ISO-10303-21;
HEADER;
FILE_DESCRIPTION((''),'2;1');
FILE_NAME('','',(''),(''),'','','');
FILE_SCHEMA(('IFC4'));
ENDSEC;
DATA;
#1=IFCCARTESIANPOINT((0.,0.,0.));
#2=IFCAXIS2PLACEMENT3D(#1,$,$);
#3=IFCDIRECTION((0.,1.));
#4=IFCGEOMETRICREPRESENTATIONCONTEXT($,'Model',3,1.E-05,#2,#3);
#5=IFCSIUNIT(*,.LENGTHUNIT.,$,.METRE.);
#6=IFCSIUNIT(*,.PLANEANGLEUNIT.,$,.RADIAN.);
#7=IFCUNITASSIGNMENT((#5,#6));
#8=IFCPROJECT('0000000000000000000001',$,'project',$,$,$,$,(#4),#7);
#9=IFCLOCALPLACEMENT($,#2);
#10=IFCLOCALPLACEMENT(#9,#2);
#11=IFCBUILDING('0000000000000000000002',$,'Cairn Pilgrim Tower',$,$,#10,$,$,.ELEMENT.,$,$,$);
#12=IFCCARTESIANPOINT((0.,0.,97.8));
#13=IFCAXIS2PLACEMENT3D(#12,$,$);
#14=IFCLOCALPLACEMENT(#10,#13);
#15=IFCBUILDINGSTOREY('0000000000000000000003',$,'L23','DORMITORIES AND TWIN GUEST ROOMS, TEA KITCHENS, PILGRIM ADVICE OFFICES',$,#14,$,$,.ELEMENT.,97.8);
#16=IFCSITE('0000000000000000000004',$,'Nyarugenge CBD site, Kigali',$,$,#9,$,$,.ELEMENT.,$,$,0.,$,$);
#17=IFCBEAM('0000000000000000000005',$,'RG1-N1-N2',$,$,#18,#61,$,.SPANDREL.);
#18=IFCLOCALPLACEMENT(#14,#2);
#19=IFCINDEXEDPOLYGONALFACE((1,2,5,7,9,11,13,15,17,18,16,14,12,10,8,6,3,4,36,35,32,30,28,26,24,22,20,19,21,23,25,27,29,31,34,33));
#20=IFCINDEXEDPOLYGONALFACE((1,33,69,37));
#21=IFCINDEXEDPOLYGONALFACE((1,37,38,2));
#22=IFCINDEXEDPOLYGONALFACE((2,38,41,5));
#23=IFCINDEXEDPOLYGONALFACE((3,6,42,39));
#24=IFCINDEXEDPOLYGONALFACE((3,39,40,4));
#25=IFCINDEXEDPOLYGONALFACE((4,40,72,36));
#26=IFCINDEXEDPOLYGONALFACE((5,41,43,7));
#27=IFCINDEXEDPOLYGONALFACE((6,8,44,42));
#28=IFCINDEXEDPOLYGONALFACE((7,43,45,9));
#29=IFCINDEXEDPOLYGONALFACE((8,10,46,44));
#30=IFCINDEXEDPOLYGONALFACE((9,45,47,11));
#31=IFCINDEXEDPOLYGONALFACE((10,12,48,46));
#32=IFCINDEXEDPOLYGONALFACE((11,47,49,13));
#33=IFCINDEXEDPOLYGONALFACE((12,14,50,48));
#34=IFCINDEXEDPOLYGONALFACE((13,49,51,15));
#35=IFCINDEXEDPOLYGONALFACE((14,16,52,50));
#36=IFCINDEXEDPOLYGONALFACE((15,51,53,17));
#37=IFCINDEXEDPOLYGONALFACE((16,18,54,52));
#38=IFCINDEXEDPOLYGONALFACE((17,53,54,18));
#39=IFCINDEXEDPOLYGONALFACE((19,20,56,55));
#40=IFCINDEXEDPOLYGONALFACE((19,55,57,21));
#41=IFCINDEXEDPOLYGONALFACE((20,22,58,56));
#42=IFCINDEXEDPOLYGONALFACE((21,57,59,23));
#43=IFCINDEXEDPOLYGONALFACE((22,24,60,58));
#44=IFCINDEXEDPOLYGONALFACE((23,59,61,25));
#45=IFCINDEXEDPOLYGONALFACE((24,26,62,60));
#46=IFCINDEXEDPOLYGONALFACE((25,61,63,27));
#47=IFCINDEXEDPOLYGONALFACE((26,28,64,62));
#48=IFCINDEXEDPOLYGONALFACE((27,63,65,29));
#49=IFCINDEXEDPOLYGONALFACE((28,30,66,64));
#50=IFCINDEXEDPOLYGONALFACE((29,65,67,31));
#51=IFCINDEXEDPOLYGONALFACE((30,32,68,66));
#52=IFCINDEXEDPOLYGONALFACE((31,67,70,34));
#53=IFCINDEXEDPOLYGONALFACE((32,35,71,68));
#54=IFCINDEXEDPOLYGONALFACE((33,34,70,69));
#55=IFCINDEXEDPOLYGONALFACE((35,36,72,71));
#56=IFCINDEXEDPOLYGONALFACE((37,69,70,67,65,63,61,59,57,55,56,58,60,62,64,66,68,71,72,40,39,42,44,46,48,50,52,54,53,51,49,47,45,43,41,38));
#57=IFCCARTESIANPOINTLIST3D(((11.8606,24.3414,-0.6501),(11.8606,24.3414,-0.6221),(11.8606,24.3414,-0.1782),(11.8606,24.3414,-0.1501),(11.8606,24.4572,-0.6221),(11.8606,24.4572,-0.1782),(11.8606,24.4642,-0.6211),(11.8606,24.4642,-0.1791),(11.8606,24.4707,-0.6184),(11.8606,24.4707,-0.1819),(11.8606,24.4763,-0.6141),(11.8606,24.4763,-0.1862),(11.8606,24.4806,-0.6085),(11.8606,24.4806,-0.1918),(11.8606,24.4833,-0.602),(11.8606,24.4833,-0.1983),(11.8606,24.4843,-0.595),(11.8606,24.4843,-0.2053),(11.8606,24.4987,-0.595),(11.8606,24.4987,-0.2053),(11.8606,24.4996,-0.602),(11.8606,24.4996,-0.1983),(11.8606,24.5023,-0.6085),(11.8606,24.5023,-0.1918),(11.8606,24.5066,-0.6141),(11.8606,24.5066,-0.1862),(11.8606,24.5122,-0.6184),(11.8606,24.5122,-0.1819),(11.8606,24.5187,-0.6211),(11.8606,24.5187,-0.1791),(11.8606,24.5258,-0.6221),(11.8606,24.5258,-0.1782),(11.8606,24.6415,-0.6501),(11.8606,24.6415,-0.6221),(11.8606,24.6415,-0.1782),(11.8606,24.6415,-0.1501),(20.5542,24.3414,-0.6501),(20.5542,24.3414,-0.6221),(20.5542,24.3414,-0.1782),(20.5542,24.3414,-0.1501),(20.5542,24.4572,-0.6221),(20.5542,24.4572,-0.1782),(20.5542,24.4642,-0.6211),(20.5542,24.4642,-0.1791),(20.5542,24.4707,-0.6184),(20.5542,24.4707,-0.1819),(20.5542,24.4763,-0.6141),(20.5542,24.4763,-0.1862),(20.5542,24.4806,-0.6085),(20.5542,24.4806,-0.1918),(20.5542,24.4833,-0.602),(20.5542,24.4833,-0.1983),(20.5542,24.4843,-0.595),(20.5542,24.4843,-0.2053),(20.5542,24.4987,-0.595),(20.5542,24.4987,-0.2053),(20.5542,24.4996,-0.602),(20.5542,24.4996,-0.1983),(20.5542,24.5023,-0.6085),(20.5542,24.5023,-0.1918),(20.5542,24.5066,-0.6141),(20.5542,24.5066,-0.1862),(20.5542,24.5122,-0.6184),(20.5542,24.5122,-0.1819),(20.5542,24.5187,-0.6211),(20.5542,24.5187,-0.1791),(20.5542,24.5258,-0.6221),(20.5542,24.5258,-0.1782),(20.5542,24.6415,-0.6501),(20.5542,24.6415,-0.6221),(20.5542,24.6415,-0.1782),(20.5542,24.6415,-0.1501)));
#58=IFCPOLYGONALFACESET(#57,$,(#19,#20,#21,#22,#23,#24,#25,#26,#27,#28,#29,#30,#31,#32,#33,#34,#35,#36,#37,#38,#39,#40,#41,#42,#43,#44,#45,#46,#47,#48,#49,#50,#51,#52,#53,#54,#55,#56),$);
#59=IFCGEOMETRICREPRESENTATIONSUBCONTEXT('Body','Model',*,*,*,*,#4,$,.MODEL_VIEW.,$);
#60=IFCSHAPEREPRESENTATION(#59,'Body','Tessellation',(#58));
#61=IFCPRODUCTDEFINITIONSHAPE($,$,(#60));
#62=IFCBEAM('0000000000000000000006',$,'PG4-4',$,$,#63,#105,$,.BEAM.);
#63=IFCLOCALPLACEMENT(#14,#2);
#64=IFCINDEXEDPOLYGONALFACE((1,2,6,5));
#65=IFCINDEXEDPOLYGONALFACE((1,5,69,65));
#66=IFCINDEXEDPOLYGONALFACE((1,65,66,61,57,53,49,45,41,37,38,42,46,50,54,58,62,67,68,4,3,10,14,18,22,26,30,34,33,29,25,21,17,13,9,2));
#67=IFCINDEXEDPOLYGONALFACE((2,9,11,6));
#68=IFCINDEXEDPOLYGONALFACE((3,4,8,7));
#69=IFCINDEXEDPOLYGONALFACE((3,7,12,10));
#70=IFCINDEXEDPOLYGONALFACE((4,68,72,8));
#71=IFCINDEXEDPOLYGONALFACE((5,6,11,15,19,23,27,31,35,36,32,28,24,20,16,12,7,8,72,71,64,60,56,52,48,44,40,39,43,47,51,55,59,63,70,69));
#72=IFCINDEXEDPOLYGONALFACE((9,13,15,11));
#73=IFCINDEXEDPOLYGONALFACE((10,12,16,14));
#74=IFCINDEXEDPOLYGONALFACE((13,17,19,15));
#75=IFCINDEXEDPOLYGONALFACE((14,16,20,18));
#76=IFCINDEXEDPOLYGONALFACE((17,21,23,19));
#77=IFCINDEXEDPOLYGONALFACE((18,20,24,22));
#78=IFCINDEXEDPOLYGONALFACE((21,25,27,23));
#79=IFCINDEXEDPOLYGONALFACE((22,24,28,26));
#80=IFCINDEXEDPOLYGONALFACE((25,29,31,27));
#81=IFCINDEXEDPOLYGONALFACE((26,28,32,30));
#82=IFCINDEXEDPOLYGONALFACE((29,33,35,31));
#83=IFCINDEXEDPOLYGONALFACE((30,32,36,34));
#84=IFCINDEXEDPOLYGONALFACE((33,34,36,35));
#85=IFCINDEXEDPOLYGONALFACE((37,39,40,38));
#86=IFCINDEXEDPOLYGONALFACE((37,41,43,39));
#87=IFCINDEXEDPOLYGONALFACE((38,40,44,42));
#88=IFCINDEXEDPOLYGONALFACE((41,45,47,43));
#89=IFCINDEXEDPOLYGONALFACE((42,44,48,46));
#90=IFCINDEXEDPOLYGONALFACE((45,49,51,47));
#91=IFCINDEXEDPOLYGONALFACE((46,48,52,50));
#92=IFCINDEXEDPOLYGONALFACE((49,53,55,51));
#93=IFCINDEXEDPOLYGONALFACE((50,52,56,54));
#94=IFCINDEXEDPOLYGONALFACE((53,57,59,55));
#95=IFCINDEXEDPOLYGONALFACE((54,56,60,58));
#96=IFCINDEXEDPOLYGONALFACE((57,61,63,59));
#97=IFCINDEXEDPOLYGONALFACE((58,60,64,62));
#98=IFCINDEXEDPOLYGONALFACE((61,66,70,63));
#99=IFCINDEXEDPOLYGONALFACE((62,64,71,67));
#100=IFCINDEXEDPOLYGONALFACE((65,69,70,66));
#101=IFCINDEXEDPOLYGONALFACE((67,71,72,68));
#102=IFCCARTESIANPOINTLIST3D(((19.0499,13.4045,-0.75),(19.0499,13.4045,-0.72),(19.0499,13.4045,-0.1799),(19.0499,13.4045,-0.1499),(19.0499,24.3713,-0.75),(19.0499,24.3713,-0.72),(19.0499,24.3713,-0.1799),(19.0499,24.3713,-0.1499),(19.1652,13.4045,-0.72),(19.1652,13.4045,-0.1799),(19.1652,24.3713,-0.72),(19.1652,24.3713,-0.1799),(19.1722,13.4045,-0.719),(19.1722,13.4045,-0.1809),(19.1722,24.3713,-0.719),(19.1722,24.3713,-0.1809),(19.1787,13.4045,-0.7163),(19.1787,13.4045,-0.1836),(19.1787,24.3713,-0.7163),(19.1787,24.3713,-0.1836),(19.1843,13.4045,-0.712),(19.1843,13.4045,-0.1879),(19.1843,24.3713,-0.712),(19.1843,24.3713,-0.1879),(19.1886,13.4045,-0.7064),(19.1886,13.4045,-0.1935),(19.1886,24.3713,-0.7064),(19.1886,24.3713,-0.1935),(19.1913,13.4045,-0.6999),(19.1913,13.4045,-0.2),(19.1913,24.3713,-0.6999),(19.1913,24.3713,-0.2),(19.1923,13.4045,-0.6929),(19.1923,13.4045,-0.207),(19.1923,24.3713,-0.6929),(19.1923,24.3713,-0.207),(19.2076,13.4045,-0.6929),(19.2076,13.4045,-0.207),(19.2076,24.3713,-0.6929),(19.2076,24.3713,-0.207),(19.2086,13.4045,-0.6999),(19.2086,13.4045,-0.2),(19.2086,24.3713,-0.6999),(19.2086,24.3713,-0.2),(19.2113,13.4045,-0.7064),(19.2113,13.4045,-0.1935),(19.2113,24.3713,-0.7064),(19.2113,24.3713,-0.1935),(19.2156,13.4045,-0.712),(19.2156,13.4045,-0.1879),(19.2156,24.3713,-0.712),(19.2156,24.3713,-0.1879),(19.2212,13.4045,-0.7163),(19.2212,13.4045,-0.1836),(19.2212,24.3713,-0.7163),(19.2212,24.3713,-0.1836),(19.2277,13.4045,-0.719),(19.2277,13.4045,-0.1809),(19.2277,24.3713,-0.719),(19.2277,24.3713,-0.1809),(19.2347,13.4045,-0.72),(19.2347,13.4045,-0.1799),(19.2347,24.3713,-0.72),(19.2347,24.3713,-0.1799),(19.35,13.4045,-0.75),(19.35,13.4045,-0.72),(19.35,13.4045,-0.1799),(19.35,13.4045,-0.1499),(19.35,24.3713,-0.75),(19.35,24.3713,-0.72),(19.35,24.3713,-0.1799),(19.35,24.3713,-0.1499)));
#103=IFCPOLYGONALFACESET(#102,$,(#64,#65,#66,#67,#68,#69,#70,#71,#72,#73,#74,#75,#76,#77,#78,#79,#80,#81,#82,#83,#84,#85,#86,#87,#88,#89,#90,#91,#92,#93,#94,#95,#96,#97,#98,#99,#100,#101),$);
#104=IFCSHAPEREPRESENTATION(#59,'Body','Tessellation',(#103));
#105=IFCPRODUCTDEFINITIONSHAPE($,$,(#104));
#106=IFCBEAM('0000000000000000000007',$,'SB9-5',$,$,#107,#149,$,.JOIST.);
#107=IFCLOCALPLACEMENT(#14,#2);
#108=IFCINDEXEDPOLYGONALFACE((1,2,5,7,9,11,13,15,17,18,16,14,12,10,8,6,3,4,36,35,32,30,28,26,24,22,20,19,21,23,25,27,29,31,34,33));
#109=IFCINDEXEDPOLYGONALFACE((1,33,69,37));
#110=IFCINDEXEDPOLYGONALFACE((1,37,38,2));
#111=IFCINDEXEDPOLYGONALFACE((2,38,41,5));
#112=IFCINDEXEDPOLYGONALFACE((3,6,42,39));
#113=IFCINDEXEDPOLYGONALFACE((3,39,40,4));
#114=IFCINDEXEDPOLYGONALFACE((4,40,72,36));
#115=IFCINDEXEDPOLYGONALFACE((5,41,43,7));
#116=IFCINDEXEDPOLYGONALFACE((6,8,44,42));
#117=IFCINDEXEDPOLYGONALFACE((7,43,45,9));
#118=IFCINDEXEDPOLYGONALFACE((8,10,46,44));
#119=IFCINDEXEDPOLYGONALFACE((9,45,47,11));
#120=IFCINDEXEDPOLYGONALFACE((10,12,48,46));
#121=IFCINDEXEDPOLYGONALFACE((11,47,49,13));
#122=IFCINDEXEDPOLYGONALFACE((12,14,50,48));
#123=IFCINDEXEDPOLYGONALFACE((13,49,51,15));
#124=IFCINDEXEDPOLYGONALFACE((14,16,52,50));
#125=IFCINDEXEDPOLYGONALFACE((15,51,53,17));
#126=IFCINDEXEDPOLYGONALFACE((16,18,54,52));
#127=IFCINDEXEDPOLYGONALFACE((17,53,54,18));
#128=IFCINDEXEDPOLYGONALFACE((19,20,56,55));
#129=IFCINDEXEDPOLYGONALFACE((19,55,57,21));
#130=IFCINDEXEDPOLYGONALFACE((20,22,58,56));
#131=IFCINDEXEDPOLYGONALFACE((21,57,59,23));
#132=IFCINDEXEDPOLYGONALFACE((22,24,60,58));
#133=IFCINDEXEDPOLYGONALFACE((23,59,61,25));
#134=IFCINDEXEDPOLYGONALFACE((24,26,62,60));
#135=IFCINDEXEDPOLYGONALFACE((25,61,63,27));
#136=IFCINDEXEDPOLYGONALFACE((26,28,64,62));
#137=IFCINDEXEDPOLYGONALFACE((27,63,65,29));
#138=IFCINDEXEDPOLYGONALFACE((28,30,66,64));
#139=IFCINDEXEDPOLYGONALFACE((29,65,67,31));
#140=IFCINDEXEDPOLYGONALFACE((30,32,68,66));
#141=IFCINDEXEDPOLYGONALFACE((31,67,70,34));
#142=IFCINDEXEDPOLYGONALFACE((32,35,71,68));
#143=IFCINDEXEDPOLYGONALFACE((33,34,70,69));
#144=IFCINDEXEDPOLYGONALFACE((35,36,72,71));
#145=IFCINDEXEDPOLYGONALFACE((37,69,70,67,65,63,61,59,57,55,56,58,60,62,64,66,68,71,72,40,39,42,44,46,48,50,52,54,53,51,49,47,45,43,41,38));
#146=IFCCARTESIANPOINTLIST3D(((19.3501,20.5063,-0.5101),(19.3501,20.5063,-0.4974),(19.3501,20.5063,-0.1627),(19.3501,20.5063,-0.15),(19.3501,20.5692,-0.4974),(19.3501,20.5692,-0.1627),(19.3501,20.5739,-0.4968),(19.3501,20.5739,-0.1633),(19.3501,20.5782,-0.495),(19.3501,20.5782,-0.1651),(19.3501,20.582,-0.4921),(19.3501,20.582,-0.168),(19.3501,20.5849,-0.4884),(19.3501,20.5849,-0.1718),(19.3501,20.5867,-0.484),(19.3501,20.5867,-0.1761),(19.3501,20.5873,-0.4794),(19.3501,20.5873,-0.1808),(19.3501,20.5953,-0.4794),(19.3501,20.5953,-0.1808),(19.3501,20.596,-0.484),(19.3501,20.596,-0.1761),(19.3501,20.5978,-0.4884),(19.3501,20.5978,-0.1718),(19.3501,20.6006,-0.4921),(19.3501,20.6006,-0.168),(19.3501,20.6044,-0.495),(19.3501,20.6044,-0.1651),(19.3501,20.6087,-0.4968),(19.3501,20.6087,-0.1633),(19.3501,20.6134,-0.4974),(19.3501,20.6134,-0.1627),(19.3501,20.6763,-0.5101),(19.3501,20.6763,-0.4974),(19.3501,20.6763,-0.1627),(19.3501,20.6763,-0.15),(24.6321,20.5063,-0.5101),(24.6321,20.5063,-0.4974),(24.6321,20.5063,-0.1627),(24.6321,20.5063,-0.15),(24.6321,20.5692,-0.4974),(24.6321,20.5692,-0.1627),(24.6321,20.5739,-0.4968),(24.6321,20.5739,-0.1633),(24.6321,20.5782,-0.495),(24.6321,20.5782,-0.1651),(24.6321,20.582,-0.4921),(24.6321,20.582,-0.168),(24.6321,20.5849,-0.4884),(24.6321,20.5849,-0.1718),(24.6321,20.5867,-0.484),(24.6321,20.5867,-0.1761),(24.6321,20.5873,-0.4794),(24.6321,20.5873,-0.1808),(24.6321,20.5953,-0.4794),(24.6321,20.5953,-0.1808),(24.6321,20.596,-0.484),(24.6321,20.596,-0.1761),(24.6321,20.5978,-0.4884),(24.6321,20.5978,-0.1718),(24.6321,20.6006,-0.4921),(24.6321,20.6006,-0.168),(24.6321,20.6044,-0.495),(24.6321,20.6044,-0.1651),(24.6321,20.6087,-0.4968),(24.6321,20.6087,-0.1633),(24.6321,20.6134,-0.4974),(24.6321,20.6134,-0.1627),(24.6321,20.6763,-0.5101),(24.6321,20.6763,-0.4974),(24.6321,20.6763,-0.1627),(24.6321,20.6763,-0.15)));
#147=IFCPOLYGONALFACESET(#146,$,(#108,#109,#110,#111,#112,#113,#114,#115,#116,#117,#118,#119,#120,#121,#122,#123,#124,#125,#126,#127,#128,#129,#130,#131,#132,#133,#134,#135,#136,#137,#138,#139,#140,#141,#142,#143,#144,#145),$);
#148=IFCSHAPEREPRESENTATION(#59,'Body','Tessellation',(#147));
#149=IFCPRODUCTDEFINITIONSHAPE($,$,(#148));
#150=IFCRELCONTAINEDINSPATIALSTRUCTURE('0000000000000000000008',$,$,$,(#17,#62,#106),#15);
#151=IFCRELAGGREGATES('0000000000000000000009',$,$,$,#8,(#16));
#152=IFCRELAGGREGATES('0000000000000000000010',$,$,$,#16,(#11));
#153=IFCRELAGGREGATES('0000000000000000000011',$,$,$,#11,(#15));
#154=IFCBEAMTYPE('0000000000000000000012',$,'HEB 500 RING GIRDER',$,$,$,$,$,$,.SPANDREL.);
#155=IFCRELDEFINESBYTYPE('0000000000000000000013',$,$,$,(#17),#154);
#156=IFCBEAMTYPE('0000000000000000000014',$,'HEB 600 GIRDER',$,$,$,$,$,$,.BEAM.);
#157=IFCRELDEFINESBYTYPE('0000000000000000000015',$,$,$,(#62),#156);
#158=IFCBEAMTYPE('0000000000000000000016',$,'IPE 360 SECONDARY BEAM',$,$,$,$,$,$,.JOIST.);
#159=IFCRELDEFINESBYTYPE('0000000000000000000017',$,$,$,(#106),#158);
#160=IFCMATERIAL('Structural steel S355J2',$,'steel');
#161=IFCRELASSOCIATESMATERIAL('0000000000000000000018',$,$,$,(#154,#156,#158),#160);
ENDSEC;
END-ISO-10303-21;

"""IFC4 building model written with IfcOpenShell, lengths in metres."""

from ifc_helpers import new_model, si_unit, direction, frame, origin, origin_2d, place, context, subcontext, project, spatial, i_section, extrude, material, material_profile, profile_set, type_object, element, save


model = new_model("IFC4")

# Units and contexts
model_context = context("Model", 3, precision=1e-05, world=origin(), true_north=direction((0.0, 1.0)))
body_context = subcontext(model_context, "Body", "Model", "MODEL_VIEW")
ifc_project = project(units=[si_unit("LENGTHUNIT", "METRE"), si_unit("PLANEANGLEUNIT", "RADIAN")], contexts=[model_context])

# Site, building, storey
site_placement = place(None, origin())
site = spatial("IfcSite", under=ifc_project, at=site_placement, Name="Nyarugenge CBD site, Kigali", CompositionType="ELEMENT", RefElevation=0.0)
building_placement = place(site_placement, origin())
building = spatial("IfcBuilding", under=site, at=building_placement, Name="Cairn Pilgrim Tower", CompositionType="ELEMENT")
storey_placement = place(building_placement, frame((0.0, 0.0, 97.8)))
storey = spatial("IfcBuildingStorey", under=building, at=storey_placement, Name="L23", Description="DORMITORIES AND TWIN GUEST ROOMS, TEA KITCHENS, PILGRIM ADVICE OFFICES", CompositionType="ELEMENT", Elevation=97.8)

# Shared definitions
ifc_material_1 = material(Name="Structural steel S355J2", Category="steel")

# Beams
ifc_material_profile_1 = material_profile(ifc_material_1, i_section(OverallWidth=0.3, OverallDepth=0.5, WebThickness=0.0144, FlangeThickness=0.0281, FilletRadius=0.0271, at=origin_2d()), Name="HEB 500")
ifc_profile_set_1 = profile_set([ifc_material_profile_1], Name="Structural steel S355J2")
beam_type_1 = type_object("IfcBeamType", Name="HEB 500 RING GIRDER", PredefinedType="SPANDREL", material=ifc_profile_set_1)
beam_1_placement = place(storey_placement, frame((20.5542, 24.4915, -0.4001), z_axis=(-1.0, 0.0, 0.0), x_axis=(0.0, -1.0, 0.0)))
element("IfcBeam", 1, at=beam_1_placement, inside=storey, type_object=beam_type_1, Name="RG1-N1-N2", PredefinedType="SPANDREL", context=body_context, shape_type="SweptSolid", body=[
    extrude(i_section(OverallWidth=0.3, OverallDepth=0.5, WebThickness=0.0144, FlangeThickness=0.0281, FilletRadius=0.0271, at=origin_2d()), origin(), (0.0, 0.0, 1.0), 8.6936),
])
ifc_material_profile_2 = material_profile(ifc_material_1, i_section(OverallWidth=0.3, OverallDepth=0.6001, WebThickness=0.0154, FlangeThickness=0.03, FilletRadius=0.0271, at=origin_2d()), Name="HEB 600")
ifc_profile_set_2 = profile_set([ifc_material_profile_2], Name="Structural steel S355J2")
beam_type_2 = type_object("IfcBeamType", Name="HEB 600 GIRDER", PredefinedType="BEAM", material=ifc_profile_set_2)
beam_2_placement = place(storey_placement, frame((19.2, 13.4045, -0.45), z_axis=(0.0, 1.0, 0.0), x_axis=(-1.0, 0.0, 0.0)))
element("IfcBeam", 2, at=beam_2_placement, inside=storey, type_object=beam_type_2, Name="PG4-4", PredefinedType="BEAM", context=body_context, shape_type="SweptSolid", body=[
    extrude(i_section(OverallWidth=0.3, OverallDepth=0.6001, WebThickness=0.0154, FlangeThickness=0.03, FilletRadius=0.0271, at=origin_2d()), origin(), (0.0, 0.0, 1.0), 10.9668),
])
ifc_material_profile_3 = material_profile(ifc_material_1, i_section(OverallWidth=0.1699, OverallDepth=0.3601, WebThickness=0.0081, FlangeThickness=0.0127, FilletRadius=0.0181, at=origin_2d()), Name="IPE 360")
ifc_profile_set_3 = profile_set([ifc_material_profile_3], Name="Structural steel S355J2")
beam_type_3 = type_object("IfcBeamType", Name="IPE 360 SECONDARY BEAM", PredefinedType="JOIST", material=ifc_profile_set_3)
beam_3_placement = place(storey_placement, frame((19.3501, 20.5913, -0.3301), z_axis=(1.0, 0.0, 0.0), x_axis=(0.0, 1.0, 0.0)))
element("IfcBeam", 3, at=beam_3_placement, inside=storey, type_object=beam_type_3, Name="SB9-5", PredefinedType="JOIST", context=body_context, shape_type="SweptSolid", body=[
    extrude(i_section(OverallWidth=0.1699, OverallDepth=0.3601, WebThickness=0.0081, FlangeThickness=0.0127, FilletRadius=0.0181, at=origin_2d()), origin(), (0.0, 0.0, 1.0), 5.282),
])

save(model, "model.ifc")
